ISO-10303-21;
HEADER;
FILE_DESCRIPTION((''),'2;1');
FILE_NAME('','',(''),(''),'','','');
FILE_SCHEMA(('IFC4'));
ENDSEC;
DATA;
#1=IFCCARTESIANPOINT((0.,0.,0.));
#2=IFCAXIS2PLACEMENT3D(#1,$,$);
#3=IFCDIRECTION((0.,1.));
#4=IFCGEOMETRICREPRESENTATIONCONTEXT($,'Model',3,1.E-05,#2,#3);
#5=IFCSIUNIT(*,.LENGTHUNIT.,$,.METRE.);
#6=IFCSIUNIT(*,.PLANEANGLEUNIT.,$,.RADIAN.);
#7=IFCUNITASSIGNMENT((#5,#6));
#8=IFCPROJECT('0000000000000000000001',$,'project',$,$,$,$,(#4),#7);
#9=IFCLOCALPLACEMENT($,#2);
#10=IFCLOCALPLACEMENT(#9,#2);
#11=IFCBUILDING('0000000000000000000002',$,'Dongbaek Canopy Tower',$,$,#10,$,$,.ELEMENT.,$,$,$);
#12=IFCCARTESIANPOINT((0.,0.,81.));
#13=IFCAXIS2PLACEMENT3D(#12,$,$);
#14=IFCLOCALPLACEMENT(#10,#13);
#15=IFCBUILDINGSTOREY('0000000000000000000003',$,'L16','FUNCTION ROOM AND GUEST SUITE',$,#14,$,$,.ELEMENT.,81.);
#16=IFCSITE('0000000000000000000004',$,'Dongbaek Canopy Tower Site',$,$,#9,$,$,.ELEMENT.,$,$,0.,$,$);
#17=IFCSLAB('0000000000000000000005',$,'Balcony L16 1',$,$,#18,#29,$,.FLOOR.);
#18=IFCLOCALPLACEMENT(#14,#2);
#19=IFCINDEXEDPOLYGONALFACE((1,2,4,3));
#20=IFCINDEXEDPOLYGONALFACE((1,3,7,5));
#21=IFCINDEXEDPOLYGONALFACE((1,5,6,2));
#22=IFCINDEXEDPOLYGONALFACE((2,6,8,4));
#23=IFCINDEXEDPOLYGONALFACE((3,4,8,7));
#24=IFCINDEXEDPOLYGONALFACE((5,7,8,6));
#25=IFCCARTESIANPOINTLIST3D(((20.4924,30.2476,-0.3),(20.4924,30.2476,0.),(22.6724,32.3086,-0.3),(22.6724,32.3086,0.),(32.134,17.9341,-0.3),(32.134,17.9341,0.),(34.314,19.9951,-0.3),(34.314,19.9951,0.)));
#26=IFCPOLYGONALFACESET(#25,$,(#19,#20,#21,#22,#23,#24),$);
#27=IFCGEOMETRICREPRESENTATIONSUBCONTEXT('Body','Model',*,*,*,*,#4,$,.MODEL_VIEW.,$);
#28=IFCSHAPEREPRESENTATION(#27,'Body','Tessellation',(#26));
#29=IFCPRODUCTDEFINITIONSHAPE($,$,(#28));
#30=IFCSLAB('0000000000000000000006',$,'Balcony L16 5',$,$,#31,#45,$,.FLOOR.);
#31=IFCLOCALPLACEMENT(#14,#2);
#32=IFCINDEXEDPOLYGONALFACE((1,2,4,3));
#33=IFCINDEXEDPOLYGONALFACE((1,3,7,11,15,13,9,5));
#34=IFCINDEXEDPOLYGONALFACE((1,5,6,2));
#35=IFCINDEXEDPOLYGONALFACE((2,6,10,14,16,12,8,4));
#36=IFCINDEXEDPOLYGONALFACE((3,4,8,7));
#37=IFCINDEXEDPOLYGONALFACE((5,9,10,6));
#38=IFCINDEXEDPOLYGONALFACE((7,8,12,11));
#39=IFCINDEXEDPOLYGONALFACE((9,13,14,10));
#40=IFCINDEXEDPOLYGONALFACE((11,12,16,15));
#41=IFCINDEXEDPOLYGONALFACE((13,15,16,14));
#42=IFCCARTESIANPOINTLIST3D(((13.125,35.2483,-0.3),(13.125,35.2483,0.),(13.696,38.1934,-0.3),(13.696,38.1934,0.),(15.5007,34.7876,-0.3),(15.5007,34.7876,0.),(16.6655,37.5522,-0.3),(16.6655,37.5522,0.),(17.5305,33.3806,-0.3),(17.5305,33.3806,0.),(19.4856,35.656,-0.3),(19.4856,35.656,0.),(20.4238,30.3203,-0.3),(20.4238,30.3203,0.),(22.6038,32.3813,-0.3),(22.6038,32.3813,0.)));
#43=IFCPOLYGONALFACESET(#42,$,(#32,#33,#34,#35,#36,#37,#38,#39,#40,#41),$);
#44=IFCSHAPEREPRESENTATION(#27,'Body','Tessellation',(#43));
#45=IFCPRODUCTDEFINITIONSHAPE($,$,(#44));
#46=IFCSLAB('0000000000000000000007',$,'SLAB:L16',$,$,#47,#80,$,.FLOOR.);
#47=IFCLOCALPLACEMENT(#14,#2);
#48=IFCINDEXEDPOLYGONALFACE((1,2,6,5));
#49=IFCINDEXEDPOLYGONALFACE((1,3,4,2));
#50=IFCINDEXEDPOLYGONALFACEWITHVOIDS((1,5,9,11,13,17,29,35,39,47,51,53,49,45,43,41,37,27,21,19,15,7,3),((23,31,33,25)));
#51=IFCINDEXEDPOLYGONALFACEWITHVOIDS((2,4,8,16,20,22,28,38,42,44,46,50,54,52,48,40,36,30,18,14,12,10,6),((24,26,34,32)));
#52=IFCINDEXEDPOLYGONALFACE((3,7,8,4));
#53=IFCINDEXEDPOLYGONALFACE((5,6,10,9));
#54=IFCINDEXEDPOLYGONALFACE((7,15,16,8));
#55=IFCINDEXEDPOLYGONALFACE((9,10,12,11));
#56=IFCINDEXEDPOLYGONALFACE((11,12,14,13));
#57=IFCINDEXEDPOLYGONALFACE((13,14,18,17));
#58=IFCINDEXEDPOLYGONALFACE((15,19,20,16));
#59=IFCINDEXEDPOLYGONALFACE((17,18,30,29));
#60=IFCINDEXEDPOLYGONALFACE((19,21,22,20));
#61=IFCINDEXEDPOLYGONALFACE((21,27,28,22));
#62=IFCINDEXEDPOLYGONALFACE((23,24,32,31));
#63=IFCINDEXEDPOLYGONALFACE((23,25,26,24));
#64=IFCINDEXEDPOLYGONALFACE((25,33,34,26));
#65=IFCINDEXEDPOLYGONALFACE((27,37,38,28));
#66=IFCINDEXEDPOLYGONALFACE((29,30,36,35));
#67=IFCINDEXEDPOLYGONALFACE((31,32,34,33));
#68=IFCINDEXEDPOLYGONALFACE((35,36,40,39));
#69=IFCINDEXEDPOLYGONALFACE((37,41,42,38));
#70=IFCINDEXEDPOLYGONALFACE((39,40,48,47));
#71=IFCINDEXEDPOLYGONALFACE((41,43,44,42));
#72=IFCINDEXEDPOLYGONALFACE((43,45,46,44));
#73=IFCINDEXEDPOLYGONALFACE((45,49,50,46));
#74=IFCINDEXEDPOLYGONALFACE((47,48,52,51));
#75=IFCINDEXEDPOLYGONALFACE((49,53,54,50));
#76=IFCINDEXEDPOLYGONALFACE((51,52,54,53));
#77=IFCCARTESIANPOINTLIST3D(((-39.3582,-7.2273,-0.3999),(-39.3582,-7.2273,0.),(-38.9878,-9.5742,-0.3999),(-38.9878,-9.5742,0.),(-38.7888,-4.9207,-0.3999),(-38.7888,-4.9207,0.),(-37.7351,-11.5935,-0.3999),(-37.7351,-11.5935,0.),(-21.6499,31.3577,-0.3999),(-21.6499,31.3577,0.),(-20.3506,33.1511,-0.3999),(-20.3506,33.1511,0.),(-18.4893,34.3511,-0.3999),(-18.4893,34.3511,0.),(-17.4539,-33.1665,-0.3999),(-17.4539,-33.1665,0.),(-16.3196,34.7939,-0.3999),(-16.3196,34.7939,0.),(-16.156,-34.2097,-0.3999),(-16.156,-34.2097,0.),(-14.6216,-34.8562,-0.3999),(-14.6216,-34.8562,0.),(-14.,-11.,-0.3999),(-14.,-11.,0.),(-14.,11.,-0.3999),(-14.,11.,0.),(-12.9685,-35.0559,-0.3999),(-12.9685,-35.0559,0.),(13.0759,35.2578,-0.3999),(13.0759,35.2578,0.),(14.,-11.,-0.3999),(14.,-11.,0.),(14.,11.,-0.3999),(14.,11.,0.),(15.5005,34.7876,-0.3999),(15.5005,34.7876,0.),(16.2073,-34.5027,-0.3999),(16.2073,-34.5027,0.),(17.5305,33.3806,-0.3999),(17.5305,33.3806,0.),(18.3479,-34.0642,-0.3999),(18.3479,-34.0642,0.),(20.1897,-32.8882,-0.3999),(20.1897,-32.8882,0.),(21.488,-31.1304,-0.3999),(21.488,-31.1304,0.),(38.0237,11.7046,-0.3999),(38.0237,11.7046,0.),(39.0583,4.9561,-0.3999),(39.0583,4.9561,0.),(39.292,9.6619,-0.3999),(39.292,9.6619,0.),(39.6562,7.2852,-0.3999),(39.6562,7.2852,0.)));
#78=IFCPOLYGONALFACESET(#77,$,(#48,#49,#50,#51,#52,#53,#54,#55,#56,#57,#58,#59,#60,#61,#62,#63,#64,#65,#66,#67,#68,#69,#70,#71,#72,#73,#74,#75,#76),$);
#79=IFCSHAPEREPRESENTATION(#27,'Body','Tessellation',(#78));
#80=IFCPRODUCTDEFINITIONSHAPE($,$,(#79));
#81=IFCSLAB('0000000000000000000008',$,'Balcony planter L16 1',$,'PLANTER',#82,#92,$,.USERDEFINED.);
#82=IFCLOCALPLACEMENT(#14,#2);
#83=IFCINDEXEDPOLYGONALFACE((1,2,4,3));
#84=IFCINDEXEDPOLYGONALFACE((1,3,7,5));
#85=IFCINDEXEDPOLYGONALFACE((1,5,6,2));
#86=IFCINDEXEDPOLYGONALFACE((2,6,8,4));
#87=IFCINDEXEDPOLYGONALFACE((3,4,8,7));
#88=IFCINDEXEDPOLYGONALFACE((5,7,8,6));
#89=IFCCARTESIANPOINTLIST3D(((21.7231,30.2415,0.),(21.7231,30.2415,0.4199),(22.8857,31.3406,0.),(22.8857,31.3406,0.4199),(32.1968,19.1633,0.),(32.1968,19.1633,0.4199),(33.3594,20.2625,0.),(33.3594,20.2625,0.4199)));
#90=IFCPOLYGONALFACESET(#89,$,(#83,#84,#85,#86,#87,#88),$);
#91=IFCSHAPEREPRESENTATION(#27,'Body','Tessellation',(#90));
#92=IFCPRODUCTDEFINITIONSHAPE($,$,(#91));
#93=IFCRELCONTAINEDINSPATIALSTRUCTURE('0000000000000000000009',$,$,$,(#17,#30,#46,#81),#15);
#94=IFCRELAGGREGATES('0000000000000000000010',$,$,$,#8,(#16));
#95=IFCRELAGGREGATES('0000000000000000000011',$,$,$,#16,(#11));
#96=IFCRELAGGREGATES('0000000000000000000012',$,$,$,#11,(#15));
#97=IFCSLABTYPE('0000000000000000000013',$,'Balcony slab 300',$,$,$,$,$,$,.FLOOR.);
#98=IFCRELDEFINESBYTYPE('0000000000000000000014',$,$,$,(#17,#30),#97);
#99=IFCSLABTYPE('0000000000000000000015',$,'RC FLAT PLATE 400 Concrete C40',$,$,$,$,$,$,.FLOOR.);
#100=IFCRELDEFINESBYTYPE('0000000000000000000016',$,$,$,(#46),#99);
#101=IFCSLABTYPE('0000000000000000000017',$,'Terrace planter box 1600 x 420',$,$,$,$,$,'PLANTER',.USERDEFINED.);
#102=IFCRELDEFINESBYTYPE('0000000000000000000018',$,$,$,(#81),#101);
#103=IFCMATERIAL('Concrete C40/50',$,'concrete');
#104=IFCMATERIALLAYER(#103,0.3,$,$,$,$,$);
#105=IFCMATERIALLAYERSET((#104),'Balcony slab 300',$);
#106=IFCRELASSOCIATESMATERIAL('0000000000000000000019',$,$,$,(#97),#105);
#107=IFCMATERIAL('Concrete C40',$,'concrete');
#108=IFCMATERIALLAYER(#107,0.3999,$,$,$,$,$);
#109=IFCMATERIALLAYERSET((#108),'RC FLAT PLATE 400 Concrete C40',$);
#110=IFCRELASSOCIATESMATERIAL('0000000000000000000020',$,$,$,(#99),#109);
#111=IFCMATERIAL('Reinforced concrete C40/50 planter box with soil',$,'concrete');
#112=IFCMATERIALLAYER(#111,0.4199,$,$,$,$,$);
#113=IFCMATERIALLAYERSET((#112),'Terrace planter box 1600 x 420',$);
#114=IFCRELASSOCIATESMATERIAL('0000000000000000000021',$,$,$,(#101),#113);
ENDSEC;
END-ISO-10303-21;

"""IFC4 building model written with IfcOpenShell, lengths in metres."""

from ifc_helpers import new_model, si_unit, direction, frame, origin, place, context, subcontext, project, spatial, polyline, outline, extrude, material, layer, layer_set, type_object, element, save


model = new_model("IFC4")

# Units and contexts
model_context = context("Model", 3, precision=1e-05, world=origin(), true_north=direction((0.0, 1.0)))
body_context = subcontext(model_context, "Body", "Model", "MODEL_VIEW")
ifc_project = project(units=[si_unit("LENGTHUNIT", "METRE"), si_unit("PLANEANGLEUNIT", "RADIAN")], contexts=[model_context])

# Site, building, storey
site_placement = place(None, origin())
site = spatial("IfcSite", under=ifc_project, at=site_placement, Name="Dongbaek Canopy Tower Site", CompositionType="ELEMENT", RefElevation=0.0)
building_placement = place(site_placement, origin())
building = spatial("IfcBuilding", under=site, at=building_placement, Name="Dongbaek Canopy Tower", CompositionType="ELEMENT")
storey_placement = place(building_placement, frame((0.0, 0.0, 81.0)))
storey = spatial("IfcBuildingStorey", under=building, at=storey_placement, Name="L16", Description="FUNCTION ROOM AND GUEST SUITE", CompositionType="ELEMENT", Elevation=81.0)

# Slabs
ifc_material_1 = material(Name="Concrete C40/50", Category="concrete")
ifc_layer_1 = layer(ifc_material_1, 0.3)
ifc_layer_set_1 = layer_set([ifc_layer_1], Name="Balcony slab 300")
slab_type_1 = type_object("IfcSlabType", Name="Balcony slab 300", PredefinedType="FLOOR", material=ifc_layer_set_1)
slab_1_placement = place(storey_placement, frame((0.0, 0.0, -0.3)))
element("IfcSlab", 1, at=slab_1_placement, inside=storey, type_object=slab_type_1, Name="Balcony L16 1", PredefinedType="FLOOR", context=body_context, shape_type="SweptSolid", body=[
    extrude(outline(polyline([(32.134, 17.9341), (20.4924, 30.2476), (22.6724, 32.3086), (34.314, 19.9951), (32.134, 17.9341)])), origin(), (0.0, 0.0, 1.0), 0.3),
])
slab_2_placement = place(storey_placement, frame((0.0, 0.0, -0.3)))
element("IfcSlab", 2, at=slab_2_placement, inside=storey, type_object=slab_type_1, Name="Balcony L16 5", PredefinedType="FLOOR", context=body_context, shape_type="SweptSolid", body=[
    extrude(outline(polyline([(20.4238, 30.3203), (17.5305, 33.3806), (15.5007, 34.7876), (13.125, 35.2483), (13.696, 38.1934), (16.6655, 37.5522), (19.4856, 35.656), (22.6038, 32.3813), (20.4238, 30.3203)])), origin(), (0.0, 0.0, 1.0), 0.3),
])
ifc_material_2 = material(Name="Concrete C40", Category="concrete")
ifc_layer_2 = layer(ifc_material_2, 0.3999)
ifc_layer_set_2 = layer_set([ifc_layer_2], Name="RC FLAT PLATE 400 Concrete C40")
slab_type_2 = type_object("IfcSlabType", Name="RC FLAT PLATE 400 Concrete C40", PredefinedType="FLOOR", material=ifc_layer_set_2)
slab_3_placement = place(storey_placement, frame((0.0, 0.0, -0.3999)))
element("IfcSlab", 3, at=slab_3_placement, inside=storey, type_object=slab_type_2, Name="SLAB:L16", PredefinedType="FLOOR", context=body_context, shape_type="SweptSolid", body=[
    extrude(outline(polyline([(21.488, -31.1304), (20.1897, -32.8882), (18.3479, -34.0642), (16.2073, -34.5027), (-12.9685, -35.0559), (-14.6216, -34.8562), (-16.156, -34.2097), (-17.4539, -33.1665), (-37.7351, -11.5935), (-38.9878, -9.5742), (-39.3582, -7.2273), (-38.7888, -4.9207), (-21.6499, 31.3577), (-20.3506, 33.1511), (-18.4893, 34.3511), (-16.3196, 34.7939), (13.0759, 35.2578), (15.5005, 34.7876), (17.5305, 33.3806), (38.0237, 11.7046), (39.292, 9.6619), (39.6562, 7.2852), (39.0583, 4.9561), (21.488, -31.1304)]), holes=[polyline([(14.0, 11.0), (-14.0, 11.0), (-14.0, -11.0), (14.0, -11.0), (14.0, 11.0)])]), origin(), (0.0, 0.0, 1.0), 0.3999),
])
ifc_material_3 = material(Name="Reinforced concrete C40/50 planter box with soil", Category="concrete")
ifc_layer_3 = layer(ifc_material_3, 0.4199)
ifc_layer_set_3 = layer_set([ifc_layer_3], Name="Terrace planter box 1600 x 420")
slab_type_3 = type_object("IfcSlabType", Name="Terrace planter box 1600 x 420", ElementType="PLANTER", PredefinedType="USERDEFINED", material=ifc_layer_set_3)
slab_4_placement = place(storey_placement, origin())
element("IfcSlab", 4, at=slab_4_placement, inside=storey, type_object=slab_type_3, Name="Balcony planter L16 1", ObjectType="PLANTER", PredefinedType="USERDEFINED", context=body_context, shape_type="SweptSolid", body=[
    extrude(outline(polyline([(32.1968, 19.1633), (21.7231, 30.2415), (22.8857, 31.3406), (33.3594, 20.2625), (32.1968, 19.1633)])), origin(), (0.0, 0.0, 1.0), 0.4199),
])

save(model, "model.ifc")
